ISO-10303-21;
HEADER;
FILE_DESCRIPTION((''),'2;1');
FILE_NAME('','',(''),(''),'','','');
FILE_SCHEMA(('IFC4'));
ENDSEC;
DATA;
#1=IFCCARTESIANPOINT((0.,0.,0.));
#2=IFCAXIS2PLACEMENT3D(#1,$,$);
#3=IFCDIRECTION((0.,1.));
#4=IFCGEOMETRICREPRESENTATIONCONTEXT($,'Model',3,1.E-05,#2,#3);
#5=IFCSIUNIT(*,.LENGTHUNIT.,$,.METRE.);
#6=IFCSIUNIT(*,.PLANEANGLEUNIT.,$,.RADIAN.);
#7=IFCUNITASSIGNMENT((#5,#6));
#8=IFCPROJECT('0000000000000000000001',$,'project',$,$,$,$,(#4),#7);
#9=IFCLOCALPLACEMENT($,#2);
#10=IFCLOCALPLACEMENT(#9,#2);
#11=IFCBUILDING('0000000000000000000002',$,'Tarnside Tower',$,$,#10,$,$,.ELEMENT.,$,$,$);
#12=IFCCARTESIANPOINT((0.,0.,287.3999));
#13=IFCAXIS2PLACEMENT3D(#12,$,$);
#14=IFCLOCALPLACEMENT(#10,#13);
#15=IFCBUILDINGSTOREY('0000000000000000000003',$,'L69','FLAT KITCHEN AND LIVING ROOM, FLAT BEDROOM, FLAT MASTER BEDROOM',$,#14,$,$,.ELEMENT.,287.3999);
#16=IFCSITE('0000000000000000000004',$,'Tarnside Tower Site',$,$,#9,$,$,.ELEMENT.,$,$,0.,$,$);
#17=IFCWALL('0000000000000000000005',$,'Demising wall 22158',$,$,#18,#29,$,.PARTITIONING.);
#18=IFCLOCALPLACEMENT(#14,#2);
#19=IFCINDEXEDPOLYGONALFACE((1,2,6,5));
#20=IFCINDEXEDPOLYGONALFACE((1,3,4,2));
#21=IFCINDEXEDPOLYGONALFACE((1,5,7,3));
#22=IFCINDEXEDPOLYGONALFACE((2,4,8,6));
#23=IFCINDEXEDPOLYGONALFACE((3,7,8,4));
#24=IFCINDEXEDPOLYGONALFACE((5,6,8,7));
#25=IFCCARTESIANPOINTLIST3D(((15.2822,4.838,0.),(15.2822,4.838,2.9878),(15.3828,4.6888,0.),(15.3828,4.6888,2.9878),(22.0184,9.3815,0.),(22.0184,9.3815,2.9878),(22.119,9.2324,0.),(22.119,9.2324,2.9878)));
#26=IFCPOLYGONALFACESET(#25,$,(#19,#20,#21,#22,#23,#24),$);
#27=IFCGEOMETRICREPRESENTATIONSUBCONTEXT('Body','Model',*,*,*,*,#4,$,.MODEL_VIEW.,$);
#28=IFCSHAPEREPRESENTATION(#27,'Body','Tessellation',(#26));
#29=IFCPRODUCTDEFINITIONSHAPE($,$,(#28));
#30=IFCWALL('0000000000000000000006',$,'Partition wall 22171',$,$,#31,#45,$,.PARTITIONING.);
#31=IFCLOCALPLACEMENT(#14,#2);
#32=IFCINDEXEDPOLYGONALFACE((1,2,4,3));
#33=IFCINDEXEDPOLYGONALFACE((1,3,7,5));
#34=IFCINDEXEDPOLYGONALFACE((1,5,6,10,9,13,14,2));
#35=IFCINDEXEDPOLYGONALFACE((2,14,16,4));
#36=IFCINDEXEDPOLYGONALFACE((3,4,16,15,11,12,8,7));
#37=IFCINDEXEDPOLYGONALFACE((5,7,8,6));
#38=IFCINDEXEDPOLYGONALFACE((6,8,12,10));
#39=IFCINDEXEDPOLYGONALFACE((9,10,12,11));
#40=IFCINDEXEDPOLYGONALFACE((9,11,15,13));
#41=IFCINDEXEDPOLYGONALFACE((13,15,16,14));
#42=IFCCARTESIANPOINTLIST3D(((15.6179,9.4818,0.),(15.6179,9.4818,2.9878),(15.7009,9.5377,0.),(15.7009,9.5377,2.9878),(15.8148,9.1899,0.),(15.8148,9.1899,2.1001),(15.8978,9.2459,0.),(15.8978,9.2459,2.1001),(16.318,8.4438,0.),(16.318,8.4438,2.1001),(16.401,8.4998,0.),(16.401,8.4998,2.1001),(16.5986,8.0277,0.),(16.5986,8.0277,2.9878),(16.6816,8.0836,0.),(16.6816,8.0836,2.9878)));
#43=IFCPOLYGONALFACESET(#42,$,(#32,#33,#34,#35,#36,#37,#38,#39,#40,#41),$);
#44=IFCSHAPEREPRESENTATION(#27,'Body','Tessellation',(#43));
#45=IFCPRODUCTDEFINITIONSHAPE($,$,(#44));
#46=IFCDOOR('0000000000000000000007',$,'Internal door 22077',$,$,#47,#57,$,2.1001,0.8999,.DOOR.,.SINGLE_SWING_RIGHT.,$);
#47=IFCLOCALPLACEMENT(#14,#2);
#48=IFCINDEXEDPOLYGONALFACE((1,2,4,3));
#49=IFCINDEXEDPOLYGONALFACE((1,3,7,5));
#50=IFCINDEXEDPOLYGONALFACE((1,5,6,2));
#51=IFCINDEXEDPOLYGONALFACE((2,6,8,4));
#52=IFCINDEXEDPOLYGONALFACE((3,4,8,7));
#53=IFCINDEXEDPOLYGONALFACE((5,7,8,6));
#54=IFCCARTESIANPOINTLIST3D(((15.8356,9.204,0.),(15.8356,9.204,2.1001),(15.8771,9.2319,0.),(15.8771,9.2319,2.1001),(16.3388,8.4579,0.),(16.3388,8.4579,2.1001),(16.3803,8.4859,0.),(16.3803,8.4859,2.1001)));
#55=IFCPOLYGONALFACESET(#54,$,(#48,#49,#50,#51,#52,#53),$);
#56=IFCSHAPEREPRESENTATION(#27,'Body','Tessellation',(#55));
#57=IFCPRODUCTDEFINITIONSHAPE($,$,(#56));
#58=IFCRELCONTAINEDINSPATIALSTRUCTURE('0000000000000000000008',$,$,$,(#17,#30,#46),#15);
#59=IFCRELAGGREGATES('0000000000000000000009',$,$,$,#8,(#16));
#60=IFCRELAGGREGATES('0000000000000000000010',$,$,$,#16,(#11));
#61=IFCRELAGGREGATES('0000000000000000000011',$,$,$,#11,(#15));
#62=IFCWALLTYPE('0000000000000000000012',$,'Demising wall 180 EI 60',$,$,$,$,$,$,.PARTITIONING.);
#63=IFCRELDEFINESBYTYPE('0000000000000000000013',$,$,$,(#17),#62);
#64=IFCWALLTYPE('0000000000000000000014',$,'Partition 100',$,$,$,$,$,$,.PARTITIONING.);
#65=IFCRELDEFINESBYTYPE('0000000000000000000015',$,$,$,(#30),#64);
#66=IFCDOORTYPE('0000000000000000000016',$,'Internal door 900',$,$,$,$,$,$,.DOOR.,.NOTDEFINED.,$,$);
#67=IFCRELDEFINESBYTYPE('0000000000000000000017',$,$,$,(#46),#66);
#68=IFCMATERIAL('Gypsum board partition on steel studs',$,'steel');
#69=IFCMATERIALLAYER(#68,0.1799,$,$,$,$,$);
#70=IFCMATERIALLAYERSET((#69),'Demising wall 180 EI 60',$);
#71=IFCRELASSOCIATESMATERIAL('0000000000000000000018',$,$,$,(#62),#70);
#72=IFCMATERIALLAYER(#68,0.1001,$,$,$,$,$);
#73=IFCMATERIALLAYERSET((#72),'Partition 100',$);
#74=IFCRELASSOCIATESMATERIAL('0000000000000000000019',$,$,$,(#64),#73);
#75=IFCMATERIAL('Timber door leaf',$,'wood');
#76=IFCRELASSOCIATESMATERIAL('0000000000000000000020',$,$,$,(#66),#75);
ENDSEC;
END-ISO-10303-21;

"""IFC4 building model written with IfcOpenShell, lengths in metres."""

from ifc_helpers import new_model, si_unit, direction, frame, frame_2d, origin, place, context, subcontext, project, spatial, rectangle, extrude, material, layer, layer_set, type_object, element, fill, save


model = new_model("IFC4")

# Units and contexts
model_context = context("Model", 3, precision=1e-05, world=origin(), true_north=direction((0.0, 1.0)))
body_context = subcontext(model_context, "Body", "Model", "MODEL_VIEW")
ifc_project = project(units=[si_unit("LENGTHUNIT", "METRE"), si_unit("PLANEANGLEUNIT", "RADIAN")], contexts=[model_context])

# Site, building, storey
site_placement = place(None, origin())
site = spatial("IfcSite", under=ifc_project, at=site_placement, Name="Tarnside Tower Site", CompositionType="ELEMENT", RefElevation=0.0)
building_placement = place(site_placement, origin())
building = spatial("IfcBuilding", under=site, at=building_placement, Name="Tarnside Tower", CompositionType="ELEMENT")
storey_placement = place(building_placement, frame((0.0, 0.0, 287.3999)))
storey = spatial("IfcBuildingStorey", under=building, at=storey_placement, Name="L69", Description="FLAT KITCHEN AND LIVING ROOM, FLAT BEDROOM, FLAT MASTER BEDROOM", CompositionType="ELEMENT", Elevation=287.3999)

# Shared definitions
ifc_material_1 = material(Name="Gypsum board partition on steel studs", Category="steel")

# Shared definitions
ifc_material_2 = material(Name="Timber door leaf", Category="wood")

# Wall
ifc_layer_1 = layer(ifc_material_1, 0.1799)
ifc_layer_set_1 = layer_set([ifc_layer_1], Name="Demising wall 180 EI 60")
wall_type_1 = type_object("IfcWallType", Name="Demising wall 180 EI 60", PredefinedType="PARTITIONING", material=ifc_layer_set_1)
wall_1_placement = place(storey_placement, frame((22.0686, 9.3069, 0.0), z_axis=(0.0, 0.0, 1.0), x_axis=(-0.829043, -0.559185, 0.0)))
element("IfcWall", 1, at=wall_1_placement, inside=storey, type_object=wall_type_1, Name="Demising wall 22158", PredefinedType="PARTITIONING", context=body_context, shape_type="SweptSolid", body=[
    extrude(rectangle(XDim=8.1252, YDim=0.1799, at=frame_2d((4.0625, 0.0))), origin(), (0.0, 0.0, 1.0), 2.9878),
])

# Wall, opening, door
ifc_layer_2 = layer(ifc_material_1, 0.1001)
ifc_layer_set_2 = layer_set([ifc_layer_2], Name="Partition 100")
wall_type_2 = type_object("IfcWallType", Name="Partition 100", PredefinedType="PARTITIONING", material=ifc_layer_set_2)
wall_2_placement = place(storey_placement, frame((16.6401, 8.0557, 0.0), z_axis=(0.0, 0.0, 1.0), x_axis=(-0.559157, 0.829062, 0.0)))
wall_2 = element("IfcWall", 2, at=wall_2_placement, inside=storey, type_object=wall_type_2, Name="Partition wall 22171", PredefinedType="PARTITIONING", context=body_context, shape_type="SweptSolid", body=[
    extrude(rectangle(XDim=1.7539, YDim=0.1001, at=frame_2d((0.877, 0.0))), origin(), (0.0, 0.0, 1.0), 2.9878),
])
opening_1_placement = place(wall_2_placement, frame((0.502, 0.0, 0.0)))
opening_1 = element("IfcOpeningElement", 3, at=opening_1_placement, cuts=wall_2, PredefinedType="OPENING", context=body_context, shape_type="SweptSolid", body=[
    extrude(rectangle(XDim=0.8999, YDim=2.1001, at=frame_2d((0.45, 1.05))), frame((0.0, 0.0601, 0.0), z_axis=(0.0, -1.0, 0.0), x_axis=(1.0, 0.0, 0.0)), (0.0, 0.0, 1.0), 0.1201),
])
door_type_1 = type_object("IfcDoorType", Name="Internal door 900", OperationType="NOTDEFINED", PredefinedType="DOOR", material=ifc_material_2)
door_1_placement = place(opening_1_placement, origin())
door_1 = element("IfcDoor", 4, at=door_1_placement, inside=storey, type_object=door_type_1, Name="Internal door 22077", OperationType="SINGLE_SWING_RIGHT", OverallHeight=2.1001, OverallWidth=0.8999, PredefinedType="DOOR", context=body_context, shape_type="SweptSolid", body=[
    extrude(rectangle(XDim=0.8999, YDim=2.1001, at=frame_2d((0.45, 1.05))), frame((0.0, 0.0249, 0.0), z_axis=(0.0, -1.0, 0.0), x_axis=(1.0, 0.0, 0.0)), (0.0, 0.0, 1.0), 0.05),
])
fill(opening_1, door_1)

save(model, "model.ifc")
